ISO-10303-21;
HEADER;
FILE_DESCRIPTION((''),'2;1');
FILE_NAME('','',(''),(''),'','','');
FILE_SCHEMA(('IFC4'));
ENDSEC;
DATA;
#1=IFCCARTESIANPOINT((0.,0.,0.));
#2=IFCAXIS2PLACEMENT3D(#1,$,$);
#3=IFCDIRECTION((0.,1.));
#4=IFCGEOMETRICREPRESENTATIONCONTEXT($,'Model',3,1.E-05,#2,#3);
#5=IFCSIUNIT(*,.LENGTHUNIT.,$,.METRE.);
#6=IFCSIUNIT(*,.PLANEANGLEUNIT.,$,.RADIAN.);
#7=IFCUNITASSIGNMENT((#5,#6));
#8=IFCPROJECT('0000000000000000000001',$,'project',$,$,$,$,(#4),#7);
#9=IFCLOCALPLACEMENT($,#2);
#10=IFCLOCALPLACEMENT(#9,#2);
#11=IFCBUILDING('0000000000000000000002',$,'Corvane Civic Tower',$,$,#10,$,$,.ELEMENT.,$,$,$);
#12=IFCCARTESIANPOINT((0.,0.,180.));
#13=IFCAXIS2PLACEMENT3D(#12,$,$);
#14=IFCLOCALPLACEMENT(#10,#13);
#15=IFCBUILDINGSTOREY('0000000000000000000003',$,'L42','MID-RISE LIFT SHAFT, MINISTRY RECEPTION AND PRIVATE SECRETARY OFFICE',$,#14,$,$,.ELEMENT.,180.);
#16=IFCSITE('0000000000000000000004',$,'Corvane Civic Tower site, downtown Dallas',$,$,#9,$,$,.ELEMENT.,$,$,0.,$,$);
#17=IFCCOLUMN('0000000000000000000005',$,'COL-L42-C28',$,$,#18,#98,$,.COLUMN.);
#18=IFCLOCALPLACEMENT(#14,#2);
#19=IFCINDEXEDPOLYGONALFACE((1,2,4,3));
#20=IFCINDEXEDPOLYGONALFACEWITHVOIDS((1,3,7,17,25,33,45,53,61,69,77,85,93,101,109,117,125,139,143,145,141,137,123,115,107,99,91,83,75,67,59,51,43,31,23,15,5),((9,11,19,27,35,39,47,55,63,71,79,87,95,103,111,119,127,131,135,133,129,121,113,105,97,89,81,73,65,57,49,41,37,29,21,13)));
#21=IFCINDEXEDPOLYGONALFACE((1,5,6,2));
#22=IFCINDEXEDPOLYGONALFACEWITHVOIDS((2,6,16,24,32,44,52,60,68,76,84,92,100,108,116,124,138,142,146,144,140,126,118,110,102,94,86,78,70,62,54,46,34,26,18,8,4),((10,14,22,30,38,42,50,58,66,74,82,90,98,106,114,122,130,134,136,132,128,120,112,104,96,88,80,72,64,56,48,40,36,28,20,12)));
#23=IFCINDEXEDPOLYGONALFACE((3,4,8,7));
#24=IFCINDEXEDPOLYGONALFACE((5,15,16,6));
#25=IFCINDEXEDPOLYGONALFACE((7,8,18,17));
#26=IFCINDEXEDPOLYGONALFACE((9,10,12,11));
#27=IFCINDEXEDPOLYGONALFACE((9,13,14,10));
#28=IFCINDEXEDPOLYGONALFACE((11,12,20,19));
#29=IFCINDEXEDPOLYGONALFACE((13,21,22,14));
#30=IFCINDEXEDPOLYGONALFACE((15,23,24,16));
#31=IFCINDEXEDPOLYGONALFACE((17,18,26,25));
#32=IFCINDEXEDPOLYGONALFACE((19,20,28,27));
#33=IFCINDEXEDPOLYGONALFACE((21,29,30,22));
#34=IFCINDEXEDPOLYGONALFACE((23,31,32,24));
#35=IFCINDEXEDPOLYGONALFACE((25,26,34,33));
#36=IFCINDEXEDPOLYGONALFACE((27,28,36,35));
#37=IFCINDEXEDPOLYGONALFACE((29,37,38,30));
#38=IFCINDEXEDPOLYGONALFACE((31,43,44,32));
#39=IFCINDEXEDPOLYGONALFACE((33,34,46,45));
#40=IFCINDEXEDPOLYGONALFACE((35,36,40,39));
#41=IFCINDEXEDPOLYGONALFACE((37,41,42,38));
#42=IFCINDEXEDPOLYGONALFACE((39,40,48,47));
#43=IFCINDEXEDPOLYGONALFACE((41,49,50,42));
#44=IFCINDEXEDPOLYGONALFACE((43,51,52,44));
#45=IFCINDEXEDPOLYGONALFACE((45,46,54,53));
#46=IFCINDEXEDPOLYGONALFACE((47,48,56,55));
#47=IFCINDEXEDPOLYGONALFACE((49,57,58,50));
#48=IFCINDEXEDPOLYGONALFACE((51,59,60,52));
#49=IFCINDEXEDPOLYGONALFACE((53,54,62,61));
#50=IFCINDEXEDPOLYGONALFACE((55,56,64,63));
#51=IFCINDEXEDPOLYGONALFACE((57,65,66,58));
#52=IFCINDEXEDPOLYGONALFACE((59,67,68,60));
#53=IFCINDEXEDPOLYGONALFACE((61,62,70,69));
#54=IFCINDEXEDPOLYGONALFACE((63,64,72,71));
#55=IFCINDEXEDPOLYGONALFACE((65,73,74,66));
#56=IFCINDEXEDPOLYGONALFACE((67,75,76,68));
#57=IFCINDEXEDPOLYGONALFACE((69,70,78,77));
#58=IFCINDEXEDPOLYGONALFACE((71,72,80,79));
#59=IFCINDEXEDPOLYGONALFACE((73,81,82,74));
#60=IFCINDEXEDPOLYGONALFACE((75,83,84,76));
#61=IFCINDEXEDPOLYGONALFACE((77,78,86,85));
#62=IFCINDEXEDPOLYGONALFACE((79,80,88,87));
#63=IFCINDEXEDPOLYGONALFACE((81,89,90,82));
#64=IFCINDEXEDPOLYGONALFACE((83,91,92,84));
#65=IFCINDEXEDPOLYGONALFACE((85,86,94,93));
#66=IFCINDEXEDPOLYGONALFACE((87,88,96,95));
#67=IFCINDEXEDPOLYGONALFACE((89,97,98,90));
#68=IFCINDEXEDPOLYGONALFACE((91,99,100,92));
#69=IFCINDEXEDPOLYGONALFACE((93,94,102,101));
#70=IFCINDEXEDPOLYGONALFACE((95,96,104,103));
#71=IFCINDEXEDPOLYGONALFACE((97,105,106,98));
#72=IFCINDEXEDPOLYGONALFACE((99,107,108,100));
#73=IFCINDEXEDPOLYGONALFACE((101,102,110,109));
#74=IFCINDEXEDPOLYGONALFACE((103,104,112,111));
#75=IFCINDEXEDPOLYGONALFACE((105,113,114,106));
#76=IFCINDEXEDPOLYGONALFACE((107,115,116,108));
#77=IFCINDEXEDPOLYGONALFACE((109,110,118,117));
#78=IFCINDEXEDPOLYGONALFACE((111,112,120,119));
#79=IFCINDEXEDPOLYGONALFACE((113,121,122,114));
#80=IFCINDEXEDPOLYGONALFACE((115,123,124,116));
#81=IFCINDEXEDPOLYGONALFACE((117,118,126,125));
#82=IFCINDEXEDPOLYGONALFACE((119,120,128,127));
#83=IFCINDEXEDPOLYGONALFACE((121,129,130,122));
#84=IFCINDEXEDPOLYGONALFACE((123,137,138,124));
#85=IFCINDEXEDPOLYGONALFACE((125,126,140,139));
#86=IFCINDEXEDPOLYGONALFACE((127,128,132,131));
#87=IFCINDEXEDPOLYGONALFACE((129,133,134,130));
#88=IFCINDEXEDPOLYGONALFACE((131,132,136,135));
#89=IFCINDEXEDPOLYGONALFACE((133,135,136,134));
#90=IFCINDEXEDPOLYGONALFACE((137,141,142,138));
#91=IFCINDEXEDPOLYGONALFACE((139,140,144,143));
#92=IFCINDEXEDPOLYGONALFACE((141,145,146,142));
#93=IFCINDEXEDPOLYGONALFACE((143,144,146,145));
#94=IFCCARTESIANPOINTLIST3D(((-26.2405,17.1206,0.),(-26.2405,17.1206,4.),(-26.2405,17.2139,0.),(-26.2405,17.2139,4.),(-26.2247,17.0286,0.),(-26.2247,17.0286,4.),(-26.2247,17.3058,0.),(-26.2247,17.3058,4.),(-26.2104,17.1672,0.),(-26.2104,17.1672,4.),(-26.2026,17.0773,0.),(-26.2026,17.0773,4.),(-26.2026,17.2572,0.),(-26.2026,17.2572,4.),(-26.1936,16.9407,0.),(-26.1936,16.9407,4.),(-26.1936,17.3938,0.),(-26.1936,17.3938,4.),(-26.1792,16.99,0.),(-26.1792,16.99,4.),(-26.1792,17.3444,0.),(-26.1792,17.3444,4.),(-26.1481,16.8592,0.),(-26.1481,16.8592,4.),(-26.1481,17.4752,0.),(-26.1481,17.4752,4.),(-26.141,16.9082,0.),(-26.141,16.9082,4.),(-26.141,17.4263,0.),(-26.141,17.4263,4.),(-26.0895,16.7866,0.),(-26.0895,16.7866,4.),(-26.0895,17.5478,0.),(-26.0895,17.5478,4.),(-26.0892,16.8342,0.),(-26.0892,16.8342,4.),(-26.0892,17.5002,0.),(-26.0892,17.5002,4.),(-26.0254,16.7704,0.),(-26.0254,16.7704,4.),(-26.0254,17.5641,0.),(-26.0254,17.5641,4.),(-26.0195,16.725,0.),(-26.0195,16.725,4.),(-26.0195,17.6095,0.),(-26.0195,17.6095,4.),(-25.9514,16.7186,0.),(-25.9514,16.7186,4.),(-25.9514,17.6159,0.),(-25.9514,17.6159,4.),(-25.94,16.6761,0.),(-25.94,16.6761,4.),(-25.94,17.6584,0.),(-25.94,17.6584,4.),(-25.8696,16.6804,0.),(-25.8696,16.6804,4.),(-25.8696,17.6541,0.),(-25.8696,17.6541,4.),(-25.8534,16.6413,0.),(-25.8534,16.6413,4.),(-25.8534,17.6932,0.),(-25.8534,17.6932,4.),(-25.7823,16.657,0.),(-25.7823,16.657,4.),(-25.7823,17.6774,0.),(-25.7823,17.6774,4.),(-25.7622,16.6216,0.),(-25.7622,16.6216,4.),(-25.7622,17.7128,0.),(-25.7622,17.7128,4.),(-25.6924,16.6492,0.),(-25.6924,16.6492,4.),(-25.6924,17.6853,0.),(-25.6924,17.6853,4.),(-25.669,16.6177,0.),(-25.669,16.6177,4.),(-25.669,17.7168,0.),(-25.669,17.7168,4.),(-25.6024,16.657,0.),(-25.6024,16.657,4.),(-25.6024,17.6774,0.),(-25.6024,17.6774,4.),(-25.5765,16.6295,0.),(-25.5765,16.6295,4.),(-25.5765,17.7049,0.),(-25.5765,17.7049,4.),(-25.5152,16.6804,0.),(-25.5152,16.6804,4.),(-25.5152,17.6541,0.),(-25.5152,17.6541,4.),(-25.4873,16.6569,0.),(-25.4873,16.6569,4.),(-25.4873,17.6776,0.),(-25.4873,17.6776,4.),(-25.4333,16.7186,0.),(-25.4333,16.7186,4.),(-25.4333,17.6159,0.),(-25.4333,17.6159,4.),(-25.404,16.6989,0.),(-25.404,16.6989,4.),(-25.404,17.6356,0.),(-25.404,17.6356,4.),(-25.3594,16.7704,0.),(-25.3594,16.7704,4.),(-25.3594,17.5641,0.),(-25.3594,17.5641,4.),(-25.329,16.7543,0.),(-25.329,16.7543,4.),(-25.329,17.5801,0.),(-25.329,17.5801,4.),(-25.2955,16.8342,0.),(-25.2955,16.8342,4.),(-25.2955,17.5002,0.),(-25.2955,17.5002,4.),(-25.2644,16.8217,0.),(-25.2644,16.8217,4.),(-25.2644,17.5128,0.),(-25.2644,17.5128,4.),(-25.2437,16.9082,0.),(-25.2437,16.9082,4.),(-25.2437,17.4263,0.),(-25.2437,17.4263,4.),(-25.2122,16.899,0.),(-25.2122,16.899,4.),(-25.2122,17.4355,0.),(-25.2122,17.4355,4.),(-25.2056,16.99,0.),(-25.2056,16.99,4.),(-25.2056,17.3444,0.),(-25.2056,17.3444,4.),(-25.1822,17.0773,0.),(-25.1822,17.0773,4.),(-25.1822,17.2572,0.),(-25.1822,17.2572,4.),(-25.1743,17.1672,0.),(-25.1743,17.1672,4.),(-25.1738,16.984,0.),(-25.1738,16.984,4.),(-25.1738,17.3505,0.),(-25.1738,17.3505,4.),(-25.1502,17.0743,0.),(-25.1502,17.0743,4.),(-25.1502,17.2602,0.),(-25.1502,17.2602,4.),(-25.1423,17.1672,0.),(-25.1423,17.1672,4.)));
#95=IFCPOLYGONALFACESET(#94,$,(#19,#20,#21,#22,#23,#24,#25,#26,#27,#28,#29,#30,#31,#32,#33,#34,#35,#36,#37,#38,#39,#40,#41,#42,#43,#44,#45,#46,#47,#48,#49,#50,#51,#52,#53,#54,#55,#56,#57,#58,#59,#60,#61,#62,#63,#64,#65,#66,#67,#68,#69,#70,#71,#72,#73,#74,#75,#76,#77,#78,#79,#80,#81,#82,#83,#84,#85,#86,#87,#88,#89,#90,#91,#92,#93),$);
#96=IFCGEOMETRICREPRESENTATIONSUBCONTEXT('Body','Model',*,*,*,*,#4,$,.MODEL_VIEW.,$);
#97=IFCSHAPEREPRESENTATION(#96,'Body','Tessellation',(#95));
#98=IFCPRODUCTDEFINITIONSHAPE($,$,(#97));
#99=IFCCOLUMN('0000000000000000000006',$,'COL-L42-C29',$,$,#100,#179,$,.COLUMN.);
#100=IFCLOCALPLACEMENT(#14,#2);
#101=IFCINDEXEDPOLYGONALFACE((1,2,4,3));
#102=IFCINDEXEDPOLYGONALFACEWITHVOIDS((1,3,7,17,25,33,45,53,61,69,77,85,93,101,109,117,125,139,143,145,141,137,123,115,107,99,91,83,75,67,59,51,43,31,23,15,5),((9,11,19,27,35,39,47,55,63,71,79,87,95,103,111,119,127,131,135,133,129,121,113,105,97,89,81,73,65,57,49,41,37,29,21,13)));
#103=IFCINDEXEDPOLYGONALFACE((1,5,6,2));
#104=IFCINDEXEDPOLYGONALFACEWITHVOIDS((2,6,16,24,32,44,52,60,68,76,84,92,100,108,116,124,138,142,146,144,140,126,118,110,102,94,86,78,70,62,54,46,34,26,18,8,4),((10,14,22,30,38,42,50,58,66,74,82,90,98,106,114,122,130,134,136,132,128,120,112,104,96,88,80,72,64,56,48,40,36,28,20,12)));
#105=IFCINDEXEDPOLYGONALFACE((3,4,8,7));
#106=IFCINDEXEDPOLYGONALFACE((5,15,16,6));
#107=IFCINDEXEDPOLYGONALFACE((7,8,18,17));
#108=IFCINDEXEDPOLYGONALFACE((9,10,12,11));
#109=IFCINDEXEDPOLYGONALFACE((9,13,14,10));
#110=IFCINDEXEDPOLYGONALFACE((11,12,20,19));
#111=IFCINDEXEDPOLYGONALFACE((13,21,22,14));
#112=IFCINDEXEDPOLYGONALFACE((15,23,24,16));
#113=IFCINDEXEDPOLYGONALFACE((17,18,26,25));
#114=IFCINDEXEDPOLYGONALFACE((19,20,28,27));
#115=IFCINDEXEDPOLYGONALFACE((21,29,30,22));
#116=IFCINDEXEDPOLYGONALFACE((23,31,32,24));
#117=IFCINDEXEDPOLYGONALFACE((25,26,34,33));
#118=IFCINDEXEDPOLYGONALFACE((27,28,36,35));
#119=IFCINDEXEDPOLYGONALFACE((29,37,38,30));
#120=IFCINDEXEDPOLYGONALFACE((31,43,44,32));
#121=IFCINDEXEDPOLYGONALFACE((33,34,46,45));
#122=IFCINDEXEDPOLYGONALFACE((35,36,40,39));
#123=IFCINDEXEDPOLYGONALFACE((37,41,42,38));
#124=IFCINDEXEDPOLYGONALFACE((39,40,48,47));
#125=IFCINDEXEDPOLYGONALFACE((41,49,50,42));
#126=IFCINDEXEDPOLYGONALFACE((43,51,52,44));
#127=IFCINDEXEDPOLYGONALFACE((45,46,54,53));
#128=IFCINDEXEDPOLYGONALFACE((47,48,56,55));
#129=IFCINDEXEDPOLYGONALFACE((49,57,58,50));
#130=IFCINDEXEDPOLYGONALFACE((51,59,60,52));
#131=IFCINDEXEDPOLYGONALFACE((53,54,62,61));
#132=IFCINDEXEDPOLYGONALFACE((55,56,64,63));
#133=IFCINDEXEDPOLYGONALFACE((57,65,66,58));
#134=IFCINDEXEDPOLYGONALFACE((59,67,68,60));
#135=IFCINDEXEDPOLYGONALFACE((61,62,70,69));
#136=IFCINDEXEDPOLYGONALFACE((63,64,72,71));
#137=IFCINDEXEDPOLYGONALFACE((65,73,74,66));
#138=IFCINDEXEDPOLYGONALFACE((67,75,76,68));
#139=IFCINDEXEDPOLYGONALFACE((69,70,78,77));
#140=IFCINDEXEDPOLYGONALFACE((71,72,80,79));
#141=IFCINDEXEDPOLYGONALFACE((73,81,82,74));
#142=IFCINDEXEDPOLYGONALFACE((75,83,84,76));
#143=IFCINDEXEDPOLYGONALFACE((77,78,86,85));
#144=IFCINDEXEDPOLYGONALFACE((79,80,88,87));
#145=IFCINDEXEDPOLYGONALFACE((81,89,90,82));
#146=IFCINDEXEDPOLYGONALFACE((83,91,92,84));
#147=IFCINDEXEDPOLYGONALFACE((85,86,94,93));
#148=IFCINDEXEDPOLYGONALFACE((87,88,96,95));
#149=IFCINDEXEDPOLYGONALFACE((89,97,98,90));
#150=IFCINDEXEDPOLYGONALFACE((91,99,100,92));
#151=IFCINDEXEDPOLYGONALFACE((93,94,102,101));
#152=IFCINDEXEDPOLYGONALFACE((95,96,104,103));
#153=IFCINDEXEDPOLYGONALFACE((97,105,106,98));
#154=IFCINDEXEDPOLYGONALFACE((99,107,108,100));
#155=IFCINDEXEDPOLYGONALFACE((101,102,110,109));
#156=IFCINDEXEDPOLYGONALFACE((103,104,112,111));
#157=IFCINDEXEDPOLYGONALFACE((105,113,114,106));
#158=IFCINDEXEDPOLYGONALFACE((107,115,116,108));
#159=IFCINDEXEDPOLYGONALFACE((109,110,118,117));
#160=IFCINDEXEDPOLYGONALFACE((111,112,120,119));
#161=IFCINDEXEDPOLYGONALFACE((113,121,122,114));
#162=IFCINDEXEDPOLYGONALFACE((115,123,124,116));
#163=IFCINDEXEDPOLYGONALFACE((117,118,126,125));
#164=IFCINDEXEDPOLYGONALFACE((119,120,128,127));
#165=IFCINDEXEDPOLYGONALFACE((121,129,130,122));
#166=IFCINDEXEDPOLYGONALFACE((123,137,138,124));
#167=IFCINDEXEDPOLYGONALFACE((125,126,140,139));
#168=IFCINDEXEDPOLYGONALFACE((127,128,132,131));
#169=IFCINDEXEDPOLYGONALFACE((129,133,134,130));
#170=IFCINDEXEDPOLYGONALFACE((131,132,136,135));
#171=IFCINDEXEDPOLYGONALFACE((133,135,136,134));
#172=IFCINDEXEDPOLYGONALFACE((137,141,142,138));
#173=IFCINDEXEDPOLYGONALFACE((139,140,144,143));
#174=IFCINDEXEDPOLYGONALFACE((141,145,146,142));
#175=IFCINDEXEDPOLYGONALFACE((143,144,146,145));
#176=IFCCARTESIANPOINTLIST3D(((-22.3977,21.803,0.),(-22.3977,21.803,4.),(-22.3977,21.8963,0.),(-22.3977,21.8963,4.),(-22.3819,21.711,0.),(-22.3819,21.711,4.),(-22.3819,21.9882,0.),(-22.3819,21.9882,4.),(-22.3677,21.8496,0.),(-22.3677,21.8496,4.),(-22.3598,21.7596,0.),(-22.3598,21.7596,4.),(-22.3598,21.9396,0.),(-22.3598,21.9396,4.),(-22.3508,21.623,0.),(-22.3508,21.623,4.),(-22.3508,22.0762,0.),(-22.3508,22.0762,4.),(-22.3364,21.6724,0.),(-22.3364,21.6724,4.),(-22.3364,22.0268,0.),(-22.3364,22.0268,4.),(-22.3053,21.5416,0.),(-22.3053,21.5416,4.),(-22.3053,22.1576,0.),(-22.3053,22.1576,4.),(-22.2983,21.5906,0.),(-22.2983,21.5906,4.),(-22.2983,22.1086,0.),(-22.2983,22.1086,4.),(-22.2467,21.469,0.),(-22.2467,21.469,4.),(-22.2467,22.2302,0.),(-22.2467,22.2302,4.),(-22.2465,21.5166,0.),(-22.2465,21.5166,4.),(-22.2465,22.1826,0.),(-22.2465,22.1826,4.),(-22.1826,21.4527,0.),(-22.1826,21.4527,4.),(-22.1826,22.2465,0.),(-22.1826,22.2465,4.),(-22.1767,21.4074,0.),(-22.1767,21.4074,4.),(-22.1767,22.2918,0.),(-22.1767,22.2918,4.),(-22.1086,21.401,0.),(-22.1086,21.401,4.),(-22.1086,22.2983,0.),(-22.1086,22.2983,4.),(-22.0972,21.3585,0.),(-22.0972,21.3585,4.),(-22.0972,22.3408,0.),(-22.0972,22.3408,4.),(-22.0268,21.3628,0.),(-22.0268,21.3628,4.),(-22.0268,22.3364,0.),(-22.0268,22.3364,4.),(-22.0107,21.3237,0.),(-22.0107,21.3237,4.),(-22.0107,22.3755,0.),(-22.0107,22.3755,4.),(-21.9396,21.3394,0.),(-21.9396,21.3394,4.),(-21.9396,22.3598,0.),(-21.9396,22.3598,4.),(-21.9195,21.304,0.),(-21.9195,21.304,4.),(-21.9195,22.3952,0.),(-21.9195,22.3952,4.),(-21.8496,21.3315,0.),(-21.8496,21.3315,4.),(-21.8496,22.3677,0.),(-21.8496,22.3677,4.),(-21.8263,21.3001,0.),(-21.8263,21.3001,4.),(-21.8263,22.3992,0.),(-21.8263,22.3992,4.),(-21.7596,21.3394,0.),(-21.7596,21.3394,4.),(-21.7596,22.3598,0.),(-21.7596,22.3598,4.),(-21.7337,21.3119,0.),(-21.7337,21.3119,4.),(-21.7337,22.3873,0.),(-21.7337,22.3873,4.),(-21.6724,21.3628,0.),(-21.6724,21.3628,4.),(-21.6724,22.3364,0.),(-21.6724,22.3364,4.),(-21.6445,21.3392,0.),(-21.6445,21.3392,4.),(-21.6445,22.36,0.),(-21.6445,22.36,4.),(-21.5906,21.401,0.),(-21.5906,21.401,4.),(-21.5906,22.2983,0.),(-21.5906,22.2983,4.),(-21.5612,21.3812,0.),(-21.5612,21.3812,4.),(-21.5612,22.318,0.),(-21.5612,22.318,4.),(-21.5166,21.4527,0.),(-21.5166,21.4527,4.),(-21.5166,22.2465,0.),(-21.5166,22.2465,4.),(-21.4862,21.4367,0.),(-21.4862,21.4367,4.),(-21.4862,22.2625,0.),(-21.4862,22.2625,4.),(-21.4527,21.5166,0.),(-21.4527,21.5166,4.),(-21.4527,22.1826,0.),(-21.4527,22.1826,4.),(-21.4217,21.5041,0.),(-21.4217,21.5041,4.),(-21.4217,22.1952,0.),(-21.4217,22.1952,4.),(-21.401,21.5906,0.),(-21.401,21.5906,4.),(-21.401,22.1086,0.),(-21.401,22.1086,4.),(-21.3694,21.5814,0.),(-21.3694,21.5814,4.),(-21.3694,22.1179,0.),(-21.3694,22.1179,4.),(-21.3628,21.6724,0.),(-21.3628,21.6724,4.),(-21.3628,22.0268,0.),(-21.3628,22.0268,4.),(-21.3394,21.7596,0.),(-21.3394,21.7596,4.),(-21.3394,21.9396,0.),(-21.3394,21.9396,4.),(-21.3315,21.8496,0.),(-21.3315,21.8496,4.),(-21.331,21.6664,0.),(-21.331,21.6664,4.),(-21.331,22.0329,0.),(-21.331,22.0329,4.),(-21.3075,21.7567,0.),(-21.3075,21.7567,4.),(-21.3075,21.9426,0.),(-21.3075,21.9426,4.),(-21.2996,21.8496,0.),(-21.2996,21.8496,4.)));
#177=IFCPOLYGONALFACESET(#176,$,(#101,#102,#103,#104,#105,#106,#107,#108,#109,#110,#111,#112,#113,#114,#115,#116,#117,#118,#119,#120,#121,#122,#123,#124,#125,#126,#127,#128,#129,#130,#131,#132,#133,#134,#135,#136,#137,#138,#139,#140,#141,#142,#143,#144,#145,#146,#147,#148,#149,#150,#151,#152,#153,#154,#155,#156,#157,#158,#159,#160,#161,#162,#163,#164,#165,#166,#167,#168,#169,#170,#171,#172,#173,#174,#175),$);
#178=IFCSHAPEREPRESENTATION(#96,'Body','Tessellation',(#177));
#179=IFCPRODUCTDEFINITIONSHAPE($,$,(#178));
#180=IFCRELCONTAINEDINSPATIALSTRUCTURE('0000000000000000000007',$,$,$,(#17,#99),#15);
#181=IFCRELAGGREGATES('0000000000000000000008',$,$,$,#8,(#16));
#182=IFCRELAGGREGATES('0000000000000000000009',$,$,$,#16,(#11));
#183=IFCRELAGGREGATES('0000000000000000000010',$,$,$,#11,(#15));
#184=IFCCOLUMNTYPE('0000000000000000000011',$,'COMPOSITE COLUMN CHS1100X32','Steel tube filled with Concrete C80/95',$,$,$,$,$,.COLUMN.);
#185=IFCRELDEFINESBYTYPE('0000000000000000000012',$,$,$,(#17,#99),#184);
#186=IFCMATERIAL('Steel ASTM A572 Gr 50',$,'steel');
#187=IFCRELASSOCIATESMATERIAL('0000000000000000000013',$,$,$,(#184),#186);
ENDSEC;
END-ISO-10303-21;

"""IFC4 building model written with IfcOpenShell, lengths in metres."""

from ifc_helpers import new_model, si_unit, direction, frame, origin, origin_2d, place, context, subcontext, project, spatial, hollow_circle, extrude, material, material_profile, profile_set, type_object, element, save


model = new_model("IFC4")

# Units and contexts
model_context = context("Model", 3, precision=1e-05, world=origin(), true_north=direction((0.0, 1.0)))
body_context = subcontext(model_context, "Body", "Model", "MODEL_VIEW")
ifc_project = project(units=[si_unit("LENGTHUNIT", "METRE"), si_unit("PLANEANGLEUNIT", "RADIAN")], contexts=[model_context])

# Site, building, storey
site_placement = place(None, origin())
site = spatial("IfcSite", under=ifc_project, at=site_placement, Name="Corvane Civic Tower site, downtown Dallas", CompositionType="ELEMENT", RefElevation=0.0)
building_placement = place(site_placement, origin())
building = spatial("IfcBuilding", under=site, at=building_placement, Name="Corvane Civic Tower", CompositionType="ELEMENT")
storey_placement = place(building_placement, frame((0.0, 0.0, 180.0)))
storey = spatial("IfcBuildingStorey", under=building, at=storey_placement, Name="L42", Description="MID-RISE LIFT SHAFT, MINISTRY RECEPTION AND PRIVATE SECRETARY OFFICE", CompositionType="ELEMENT", Elevation=180.0)

# Columns
ifc_material_1 = material(Name="Steel ASTM A572 Gr 50", Category="steel")
ifc_material_profile_1 = material_profile(ifc_material_1, hollow_circle(Radius=0.55, WallThickness=0.032, at=origin_2d()), Name="CHS1100X32")
ifc_profile_set_1 = profile_set([ifc_material_profile_1], Name="Steel ASTM A572 Gr 50")
column_type = type_object("IfcColumnType", Name="COMPOSITE COLUMN CHS1100X32", Description="Steel tube filled with Concrete C80/95", PredefinedType="COLUMN", material=ifc_profile_set_1)
for number, where, z_axis, x_axis, name in (
    (1, (-25.6924, 17.1672, 0.0), (0.0, 0.0, 1.0), (1.0, 0.0, 0.0), "COL-L42-C28"),
    (2, (-21.8496, 21.8496, 0.0), (0.0, 0.0, 1.0), (1.0, 0.0, 0.0), "COL-L42-C29"),
):
    element("IfcColumn", number, at=place(storey_placement, frame(where, z_axis=z_axis, x_axis=x_axis)), inside=storey, type_object=column_type, Name=name, PredefinedType="COLUMN", context=body_context, shape_type="SweptSolid", body=[
        extrude(hollow_circle(Radius=0.55, WallThickness=0.032, at=origin_2d()), origin(), (0.0, 0.0, 1.0), 4.0),
    ])

save(model, "model.ifc")
